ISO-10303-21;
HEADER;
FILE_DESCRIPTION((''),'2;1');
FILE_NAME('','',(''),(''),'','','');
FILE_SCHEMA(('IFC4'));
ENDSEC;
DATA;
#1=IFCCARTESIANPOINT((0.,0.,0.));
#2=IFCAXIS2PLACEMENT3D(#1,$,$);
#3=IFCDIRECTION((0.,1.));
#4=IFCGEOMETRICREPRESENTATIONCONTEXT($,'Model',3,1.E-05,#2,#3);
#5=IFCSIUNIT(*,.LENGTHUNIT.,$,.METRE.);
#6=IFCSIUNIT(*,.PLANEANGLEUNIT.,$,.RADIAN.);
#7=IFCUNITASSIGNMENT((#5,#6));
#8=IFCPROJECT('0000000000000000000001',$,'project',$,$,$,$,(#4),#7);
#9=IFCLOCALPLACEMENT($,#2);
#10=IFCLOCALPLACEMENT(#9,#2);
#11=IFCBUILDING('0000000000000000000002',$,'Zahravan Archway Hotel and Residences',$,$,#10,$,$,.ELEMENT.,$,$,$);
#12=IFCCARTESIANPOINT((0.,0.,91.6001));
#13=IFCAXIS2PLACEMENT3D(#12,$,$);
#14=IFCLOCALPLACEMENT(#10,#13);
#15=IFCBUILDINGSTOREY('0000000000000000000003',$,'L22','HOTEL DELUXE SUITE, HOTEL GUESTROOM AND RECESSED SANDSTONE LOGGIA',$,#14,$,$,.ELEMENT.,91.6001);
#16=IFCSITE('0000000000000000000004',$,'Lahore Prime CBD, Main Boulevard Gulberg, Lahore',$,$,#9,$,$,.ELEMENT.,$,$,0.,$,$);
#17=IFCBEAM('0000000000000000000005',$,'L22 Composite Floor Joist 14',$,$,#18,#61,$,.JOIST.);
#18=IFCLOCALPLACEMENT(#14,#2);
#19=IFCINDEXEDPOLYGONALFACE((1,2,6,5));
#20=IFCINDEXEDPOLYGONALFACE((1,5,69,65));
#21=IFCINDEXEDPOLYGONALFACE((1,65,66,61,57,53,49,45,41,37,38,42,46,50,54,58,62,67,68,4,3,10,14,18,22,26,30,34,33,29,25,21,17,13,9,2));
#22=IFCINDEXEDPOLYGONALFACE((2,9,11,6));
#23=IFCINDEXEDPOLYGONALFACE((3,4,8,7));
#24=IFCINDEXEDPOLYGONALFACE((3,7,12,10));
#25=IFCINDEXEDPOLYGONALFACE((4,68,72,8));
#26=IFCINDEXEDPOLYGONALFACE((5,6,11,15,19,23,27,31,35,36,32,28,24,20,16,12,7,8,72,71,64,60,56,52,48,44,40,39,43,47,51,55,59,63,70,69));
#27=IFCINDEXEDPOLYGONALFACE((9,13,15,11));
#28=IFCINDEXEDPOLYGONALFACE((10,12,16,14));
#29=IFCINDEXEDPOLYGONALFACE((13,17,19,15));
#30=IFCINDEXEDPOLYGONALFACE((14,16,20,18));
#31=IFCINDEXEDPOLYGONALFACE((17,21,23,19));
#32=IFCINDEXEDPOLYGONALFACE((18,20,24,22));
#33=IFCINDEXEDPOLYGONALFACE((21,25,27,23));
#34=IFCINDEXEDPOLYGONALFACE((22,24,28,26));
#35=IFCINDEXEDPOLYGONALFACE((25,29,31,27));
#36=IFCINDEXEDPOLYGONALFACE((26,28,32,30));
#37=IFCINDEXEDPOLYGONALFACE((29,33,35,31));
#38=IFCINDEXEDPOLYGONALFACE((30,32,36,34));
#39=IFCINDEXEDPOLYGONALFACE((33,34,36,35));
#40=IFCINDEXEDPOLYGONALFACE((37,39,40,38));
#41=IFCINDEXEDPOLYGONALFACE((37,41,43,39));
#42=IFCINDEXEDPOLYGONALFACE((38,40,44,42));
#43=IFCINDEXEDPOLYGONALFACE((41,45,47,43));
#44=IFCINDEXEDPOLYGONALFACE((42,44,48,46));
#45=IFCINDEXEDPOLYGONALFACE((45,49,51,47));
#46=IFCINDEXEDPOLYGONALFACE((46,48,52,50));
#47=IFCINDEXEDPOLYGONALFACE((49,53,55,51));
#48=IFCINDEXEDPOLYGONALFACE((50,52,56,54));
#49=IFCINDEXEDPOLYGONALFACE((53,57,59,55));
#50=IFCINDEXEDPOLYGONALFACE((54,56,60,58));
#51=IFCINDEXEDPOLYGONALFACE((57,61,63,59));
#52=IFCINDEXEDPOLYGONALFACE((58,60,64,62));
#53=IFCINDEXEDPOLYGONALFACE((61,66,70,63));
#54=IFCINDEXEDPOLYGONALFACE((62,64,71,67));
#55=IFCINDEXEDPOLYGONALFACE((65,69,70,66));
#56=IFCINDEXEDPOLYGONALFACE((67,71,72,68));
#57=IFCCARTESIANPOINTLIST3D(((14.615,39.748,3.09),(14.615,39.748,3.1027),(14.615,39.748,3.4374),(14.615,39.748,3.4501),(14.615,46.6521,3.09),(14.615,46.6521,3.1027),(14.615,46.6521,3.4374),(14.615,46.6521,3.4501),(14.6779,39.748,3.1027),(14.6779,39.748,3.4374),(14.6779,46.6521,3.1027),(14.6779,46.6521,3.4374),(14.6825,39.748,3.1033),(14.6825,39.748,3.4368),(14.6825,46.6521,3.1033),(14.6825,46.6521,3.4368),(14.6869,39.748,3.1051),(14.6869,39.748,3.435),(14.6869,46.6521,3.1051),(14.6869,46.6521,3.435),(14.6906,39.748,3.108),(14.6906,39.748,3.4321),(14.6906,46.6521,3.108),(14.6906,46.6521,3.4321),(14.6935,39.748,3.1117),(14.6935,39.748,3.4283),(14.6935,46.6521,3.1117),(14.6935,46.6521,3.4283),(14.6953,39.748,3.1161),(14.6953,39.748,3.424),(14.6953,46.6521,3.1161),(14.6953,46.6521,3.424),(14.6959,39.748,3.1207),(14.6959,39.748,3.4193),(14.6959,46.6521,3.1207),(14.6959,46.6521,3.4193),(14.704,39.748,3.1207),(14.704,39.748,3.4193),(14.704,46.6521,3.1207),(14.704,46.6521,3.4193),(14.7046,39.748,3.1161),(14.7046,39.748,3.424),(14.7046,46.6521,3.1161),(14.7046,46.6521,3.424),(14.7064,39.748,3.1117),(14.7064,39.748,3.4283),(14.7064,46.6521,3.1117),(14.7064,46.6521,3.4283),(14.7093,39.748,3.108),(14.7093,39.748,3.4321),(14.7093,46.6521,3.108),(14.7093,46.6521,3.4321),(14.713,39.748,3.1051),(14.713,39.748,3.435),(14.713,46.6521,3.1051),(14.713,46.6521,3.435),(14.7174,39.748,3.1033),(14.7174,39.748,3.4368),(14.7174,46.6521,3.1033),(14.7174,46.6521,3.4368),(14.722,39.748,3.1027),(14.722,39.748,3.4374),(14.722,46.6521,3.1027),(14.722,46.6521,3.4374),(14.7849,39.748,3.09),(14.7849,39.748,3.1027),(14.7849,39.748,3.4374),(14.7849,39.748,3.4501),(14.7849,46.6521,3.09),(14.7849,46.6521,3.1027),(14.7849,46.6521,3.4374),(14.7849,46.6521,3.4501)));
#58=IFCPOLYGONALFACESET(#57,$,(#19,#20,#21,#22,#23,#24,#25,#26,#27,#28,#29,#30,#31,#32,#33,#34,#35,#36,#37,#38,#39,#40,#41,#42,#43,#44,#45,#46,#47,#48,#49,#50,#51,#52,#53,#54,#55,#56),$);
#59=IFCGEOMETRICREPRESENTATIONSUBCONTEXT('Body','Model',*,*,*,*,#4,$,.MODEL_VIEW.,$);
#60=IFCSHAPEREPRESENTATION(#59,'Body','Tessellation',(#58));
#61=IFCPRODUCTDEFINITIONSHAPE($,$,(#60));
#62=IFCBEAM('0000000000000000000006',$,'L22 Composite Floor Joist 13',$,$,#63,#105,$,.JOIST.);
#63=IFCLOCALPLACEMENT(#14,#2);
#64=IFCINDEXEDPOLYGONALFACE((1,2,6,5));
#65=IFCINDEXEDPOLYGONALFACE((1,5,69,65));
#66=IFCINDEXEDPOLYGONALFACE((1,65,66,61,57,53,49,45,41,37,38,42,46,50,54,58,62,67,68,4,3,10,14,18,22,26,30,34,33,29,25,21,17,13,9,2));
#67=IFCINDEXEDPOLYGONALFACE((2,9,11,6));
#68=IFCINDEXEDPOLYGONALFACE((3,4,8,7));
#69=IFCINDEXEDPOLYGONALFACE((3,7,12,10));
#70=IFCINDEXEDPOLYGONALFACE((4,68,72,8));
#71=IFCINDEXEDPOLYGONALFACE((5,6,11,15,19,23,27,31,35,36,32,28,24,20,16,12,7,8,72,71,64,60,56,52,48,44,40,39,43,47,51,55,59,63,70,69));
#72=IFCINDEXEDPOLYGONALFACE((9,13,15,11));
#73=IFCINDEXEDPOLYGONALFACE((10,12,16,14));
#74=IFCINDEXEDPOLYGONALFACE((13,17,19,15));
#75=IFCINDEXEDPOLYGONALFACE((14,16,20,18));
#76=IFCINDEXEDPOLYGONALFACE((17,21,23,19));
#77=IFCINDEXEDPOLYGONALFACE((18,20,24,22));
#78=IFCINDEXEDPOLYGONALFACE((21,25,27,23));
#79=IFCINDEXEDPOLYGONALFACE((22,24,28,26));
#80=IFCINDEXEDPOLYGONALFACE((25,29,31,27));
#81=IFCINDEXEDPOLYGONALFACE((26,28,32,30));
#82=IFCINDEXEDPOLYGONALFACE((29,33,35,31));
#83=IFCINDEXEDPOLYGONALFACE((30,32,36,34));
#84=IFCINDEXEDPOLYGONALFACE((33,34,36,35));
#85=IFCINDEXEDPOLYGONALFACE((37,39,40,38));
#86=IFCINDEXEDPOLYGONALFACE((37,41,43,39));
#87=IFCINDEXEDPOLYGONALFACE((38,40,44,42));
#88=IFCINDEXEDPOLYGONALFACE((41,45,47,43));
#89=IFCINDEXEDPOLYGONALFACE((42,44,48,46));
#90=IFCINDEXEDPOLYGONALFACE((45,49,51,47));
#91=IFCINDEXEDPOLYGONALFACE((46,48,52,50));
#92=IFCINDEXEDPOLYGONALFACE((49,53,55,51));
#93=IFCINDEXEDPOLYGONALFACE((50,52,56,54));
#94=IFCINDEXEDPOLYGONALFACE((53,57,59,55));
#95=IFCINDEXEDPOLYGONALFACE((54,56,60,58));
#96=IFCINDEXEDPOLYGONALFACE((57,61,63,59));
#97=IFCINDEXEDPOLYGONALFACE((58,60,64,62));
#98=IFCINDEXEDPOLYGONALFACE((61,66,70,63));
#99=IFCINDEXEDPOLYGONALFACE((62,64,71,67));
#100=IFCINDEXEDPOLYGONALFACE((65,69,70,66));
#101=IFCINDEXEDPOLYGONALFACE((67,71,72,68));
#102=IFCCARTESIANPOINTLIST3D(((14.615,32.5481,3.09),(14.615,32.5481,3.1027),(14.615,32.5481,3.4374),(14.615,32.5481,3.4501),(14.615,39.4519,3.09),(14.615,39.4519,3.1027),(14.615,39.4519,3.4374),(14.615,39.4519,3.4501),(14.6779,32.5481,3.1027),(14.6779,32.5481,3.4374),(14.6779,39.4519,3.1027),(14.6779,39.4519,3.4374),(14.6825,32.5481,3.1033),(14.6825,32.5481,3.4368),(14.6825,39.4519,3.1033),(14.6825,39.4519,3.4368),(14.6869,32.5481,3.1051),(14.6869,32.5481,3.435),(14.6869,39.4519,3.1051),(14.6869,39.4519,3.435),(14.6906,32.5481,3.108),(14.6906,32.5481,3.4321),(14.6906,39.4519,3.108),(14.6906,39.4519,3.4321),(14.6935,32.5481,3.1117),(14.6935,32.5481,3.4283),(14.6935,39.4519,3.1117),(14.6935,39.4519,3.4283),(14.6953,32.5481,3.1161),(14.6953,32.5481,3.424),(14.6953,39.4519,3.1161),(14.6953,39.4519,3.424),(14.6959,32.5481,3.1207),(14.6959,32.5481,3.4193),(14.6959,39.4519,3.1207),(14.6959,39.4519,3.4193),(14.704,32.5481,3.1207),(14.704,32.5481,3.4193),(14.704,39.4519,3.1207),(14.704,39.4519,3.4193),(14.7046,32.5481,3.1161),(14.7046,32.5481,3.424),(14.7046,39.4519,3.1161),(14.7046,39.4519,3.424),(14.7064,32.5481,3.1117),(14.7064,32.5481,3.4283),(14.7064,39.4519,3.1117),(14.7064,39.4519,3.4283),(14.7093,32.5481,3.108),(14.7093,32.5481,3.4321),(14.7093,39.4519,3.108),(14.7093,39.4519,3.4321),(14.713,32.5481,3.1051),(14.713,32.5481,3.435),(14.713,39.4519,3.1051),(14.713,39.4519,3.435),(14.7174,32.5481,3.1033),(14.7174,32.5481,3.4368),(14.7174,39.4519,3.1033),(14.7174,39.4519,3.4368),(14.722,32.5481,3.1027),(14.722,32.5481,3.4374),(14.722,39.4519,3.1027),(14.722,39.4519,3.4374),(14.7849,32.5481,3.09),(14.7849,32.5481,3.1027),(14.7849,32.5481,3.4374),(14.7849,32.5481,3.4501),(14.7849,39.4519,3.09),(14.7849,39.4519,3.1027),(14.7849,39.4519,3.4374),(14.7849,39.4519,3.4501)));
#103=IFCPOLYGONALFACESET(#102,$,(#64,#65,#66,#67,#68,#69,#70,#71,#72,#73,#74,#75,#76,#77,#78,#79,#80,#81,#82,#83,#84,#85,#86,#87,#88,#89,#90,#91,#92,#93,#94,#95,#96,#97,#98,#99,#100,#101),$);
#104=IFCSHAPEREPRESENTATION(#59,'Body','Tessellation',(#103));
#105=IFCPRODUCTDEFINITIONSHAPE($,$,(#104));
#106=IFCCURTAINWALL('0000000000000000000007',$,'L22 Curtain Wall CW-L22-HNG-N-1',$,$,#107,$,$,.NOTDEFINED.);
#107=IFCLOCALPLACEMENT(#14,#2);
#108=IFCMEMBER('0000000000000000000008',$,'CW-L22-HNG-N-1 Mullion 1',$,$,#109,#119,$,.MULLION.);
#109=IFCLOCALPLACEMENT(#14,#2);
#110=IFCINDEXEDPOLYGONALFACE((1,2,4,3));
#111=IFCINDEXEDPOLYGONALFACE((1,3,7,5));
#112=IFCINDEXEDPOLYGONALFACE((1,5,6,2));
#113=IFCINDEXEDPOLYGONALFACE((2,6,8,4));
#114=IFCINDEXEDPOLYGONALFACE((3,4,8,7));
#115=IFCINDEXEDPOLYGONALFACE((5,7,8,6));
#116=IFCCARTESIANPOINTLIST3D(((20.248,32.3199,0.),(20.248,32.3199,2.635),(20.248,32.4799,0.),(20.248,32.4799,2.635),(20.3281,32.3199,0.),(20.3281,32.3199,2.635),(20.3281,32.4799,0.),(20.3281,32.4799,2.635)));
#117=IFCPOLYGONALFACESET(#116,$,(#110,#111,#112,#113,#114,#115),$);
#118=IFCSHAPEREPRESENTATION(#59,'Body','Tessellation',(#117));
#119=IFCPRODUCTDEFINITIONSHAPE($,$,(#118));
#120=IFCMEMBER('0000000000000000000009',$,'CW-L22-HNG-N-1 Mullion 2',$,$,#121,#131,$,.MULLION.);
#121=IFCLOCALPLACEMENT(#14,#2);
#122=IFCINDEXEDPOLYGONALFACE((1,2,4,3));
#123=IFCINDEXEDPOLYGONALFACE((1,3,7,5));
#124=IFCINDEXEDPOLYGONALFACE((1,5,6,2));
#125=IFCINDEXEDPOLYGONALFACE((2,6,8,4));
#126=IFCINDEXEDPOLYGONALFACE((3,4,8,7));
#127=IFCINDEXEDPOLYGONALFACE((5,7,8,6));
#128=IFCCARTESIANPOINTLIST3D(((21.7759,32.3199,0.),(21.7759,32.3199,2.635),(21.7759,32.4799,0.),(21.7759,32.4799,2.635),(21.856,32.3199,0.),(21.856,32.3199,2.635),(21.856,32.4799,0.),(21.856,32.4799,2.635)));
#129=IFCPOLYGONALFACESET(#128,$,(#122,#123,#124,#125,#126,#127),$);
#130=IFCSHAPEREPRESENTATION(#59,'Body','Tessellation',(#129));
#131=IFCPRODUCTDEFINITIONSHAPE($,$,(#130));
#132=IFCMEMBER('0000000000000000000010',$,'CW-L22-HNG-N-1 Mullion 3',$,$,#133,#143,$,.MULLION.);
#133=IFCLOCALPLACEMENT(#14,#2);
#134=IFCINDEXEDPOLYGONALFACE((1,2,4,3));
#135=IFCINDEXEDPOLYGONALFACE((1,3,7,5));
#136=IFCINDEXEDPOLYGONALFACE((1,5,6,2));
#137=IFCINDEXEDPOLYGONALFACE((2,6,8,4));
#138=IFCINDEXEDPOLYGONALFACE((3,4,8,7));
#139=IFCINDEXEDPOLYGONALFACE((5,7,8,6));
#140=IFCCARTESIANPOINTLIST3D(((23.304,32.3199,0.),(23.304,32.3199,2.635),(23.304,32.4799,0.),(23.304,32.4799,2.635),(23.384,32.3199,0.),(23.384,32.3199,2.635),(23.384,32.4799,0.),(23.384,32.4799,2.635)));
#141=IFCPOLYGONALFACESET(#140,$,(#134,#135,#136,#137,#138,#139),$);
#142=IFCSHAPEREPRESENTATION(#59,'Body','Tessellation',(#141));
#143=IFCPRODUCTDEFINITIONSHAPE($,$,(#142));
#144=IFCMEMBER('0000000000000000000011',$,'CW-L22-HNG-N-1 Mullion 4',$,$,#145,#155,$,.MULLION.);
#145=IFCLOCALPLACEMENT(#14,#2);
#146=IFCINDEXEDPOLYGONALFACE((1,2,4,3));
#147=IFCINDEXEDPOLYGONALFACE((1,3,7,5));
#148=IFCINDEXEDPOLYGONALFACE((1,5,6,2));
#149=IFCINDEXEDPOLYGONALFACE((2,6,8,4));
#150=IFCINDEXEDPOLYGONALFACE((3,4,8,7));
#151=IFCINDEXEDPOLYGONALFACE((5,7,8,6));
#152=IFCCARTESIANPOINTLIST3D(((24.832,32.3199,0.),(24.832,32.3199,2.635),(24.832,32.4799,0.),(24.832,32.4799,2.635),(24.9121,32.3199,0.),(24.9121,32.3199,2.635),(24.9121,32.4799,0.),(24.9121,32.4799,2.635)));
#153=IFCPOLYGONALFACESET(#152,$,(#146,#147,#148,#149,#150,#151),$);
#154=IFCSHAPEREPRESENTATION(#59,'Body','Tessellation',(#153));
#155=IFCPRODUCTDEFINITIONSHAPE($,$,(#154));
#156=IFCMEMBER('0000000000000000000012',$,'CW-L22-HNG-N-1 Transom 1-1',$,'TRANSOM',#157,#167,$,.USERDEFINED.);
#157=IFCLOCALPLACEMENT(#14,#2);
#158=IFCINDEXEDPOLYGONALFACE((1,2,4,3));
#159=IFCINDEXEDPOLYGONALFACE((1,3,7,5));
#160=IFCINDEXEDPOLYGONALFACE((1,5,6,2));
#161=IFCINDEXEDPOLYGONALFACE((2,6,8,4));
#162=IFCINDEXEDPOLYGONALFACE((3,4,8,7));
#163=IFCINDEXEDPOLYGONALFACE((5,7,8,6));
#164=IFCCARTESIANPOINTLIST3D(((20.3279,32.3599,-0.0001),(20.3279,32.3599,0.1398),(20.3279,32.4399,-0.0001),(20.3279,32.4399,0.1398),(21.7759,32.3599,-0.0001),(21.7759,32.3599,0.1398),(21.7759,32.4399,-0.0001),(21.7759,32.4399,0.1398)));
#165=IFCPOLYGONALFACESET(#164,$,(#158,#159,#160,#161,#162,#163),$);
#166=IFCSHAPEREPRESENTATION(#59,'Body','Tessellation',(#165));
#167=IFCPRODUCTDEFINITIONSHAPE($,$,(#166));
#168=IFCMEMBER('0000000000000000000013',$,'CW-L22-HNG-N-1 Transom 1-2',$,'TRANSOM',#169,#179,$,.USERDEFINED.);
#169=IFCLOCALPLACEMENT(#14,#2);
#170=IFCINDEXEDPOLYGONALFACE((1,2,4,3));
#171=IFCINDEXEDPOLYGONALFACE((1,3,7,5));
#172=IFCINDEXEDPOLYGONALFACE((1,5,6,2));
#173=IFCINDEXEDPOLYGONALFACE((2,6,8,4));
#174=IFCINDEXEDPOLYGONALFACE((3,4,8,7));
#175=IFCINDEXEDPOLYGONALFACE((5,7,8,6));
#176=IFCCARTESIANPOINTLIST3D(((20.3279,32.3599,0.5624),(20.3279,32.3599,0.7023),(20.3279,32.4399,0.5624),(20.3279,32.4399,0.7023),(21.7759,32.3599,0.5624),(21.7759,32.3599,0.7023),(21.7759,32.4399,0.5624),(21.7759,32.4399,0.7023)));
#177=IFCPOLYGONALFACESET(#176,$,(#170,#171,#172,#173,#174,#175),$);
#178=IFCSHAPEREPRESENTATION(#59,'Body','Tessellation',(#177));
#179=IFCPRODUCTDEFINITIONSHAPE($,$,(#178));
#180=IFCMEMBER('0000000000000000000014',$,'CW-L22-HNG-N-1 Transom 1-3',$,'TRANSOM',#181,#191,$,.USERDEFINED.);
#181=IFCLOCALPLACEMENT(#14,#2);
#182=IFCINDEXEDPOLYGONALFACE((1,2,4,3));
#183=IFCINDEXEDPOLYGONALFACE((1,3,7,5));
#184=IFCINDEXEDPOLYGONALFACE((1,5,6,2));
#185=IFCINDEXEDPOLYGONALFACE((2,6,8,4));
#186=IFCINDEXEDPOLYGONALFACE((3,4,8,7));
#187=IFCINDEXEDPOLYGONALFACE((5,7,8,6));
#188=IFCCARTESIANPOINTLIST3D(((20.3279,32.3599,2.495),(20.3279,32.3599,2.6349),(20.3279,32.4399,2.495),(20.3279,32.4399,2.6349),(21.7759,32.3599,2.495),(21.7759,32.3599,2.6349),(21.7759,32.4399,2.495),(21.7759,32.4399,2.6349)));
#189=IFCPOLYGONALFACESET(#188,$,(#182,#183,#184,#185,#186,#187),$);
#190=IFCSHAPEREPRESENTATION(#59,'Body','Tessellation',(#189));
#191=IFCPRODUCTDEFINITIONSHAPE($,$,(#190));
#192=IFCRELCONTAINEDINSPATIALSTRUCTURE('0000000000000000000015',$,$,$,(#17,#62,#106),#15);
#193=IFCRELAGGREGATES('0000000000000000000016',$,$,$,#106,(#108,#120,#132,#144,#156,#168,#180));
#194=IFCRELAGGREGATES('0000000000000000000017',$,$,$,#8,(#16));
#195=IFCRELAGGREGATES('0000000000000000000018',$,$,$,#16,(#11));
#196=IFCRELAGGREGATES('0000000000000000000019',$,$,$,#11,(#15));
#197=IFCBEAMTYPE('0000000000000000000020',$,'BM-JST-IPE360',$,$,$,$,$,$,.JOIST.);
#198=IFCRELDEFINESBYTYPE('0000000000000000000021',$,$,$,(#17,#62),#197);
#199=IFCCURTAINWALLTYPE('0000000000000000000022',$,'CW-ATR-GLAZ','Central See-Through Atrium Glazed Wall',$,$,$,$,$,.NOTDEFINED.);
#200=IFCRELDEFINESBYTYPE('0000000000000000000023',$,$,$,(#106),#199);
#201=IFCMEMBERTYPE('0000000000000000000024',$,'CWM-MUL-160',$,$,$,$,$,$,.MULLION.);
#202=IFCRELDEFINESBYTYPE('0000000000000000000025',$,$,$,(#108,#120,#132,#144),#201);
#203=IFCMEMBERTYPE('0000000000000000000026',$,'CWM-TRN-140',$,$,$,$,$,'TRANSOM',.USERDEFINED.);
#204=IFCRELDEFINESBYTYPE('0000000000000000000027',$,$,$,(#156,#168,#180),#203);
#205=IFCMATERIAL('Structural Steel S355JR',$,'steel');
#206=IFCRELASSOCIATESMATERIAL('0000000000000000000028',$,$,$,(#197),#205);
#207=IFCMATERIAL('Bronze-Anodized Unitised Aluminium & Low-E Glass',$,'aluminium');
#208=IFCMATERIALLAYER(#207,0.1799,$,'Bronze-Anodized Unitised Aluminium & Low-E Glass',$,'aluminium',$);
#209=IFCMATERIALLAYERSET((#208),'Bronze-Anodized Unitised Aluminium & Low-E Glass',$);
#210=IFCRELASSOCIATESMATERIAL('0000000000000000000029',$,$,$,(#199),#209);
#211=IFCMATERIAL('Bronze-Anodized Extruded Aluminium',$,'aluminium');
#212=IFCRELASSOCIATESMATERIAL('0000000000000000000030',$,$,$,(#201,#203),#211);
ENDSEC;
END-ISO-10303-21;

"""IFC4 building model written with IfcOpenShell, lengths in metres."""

from ifc_helpers import new_model, si_unit, direction, frame, origin, origin_2d, place, context, subcontext, project, spatial, rectangle, i_section, extrude, source, transform, mapped, material, layer, layer_set, material_profile, profile_set, type_object, type_shapes, element, aggregate, save


model = new_model("IFC4")

# Units and contexts
model_context = context("Model", 3, precision=1e-05, world=origin(), true_north=direction((0.0, 1.0)))
body_context = subcontext(model_context, "Body", "Model", "MODEL_VIEW")
ifc_project = project(units=[si_unit("LENGTHUNIT", "METRE"), si_unit("PLANEANGLEUNIT", "RADIAN")], contexts=[model_context])

# Site, building, storey
site_placement = place(None, origin())
site = spatial("IfcSite", under=ifc_project, at=site_placement, Name="Lahore Prime CBD, Main Boulevard Gulberg, Lahore", CompositionType="ELEMENT", RefElevation=0.0)
building_placement = place(site_placement, origin())
building = spatial("IfcBuilding", under=site, at=building_placement, Name="Zahravan Archway Hotel and Residences", CompositionType="ELEMENT")
storey_placement = place(building_placement, frame((0.0, 0.0, 91.6001)))
storey = spatial("IfcBuildingStorey", under=building, at=storey_placement, Name="L22", Description="HOTEL DELUXE SUITE, HOTEL GUESTROOM AND RECESSED SANDSTONE LOGGIA", CompositionType="ELEMENT", Elevation=91.6001)

# Beams
ifc_material_1 = material(Name="Structural Steel S355JR", Category="steel")
ifc_material_profile_1 = material_profile(ifc_material_1, i_section(OverallWidth=0.1699, OverallDepth=0.3601, WebThickness=0.0081, FlangeThickness=0.0127, FilletRadius=0.0181, at=origin_2d()), Name="IPE 360", Category="steel")
ifc_profile_set_1 = profile_set([ifc_material_profile_1], Name="Structural Steel S355JR")
beam_type_1 = type_object("IfcBeamType", Name="BM-JST-IPE360", PredefinedType="JOIST", material=ifc_profile_set_1)
shared_shape_1 = source(origin(), body_context, "Body", "SweptSolid", [
    extrude(i_section(OverallWidth=0.1699, OverallDepth=0.3601, WebThickness=0.0081, FlangeThickness=0.0127, FilletRadius=0.0181, at=origin_2d()), origin(), (0.0, 0.0, 1.0), 6.9041),
])
type_shapes(beam_type_1, [shared_shape_1])
beam_1_placement = place(storey_placement, frame((14.7, 39.748, 3.27), z_axis=(0.0, 1.0, 0.0), x_axis=(-1.0, 0.0, 0.0)))
element("IfcBeam", 1, at=beam_1_placement, inside=storey, type_object=beam_type_1, Name="L22 Composite Floor Joist 14", PredefinedType="JOIST", context=body_context, shape_type="MappedRepresentation", body=[
    mapped(shared_shape_1, transform((0.0, 0.0, 0.0), scale=1.0)),
])
shared_shape_2 = source(origin(), body_context, "Body", "SweptSolid", [
    extrude(i_section(OverallWidth=0.1699, OverallDepth=0.3601, WebThickness=0.0081, FlangeThickness=0.0127, FilletRadius=0.0181, at=origin_2d()), origin(), (0.0, 0.0, 1.0), 6.9038),
])
beam_2_placement = place(storey_placement, frame((14.7, 32.5481, 3.27), z_axis=(0.0, 1.0, 0.0), x_axis=(-1.0, 0.0, 0.0)))
element("IfcBeam", 2, at=beam_2_placement, inside=storey, type_object=beam_type_1, Name="L22 Composite Floor Joist 13", PredefinedType="JOIST", context=body_context, shape_type="MappedRepresentation", body=[
    mapped(shared_shape_2, transform((0.0, 0.0, 0.0), scale=1.0)),
])

# Curtain wall, members
ifc_material_2 = material(Name="Bronze-Anodized Unitised Aluminium & Low-E Glass", Category="aluminium")
ifc_layer_1 = layer(ifc_material_2, 0.1799, Name="Bronze-Anodized Unitised Aluminium & Low-E Glass", Category="aluminium")
ifc_layer_set_1 = layer_set([ifc_layer_1], Name="Bronze-Anodized Unitised Aluminium & Low-E Glass")
curtain_wall_type = type_object("IfcCurtainWallType", Name="CW-ATR-GLAZ", Description="Central See-Through Atrium Glazed Wall", PredefinedType="NOTDEFINED", material=ifc_layer_set_1)
curtain_wall_placement = place(storey_placement, origin())
curtain_wall = element("IfcCurtainWall", 3, at=curtain_wall_placement, inside=storey, type_object=curtain_wall_type, Name="L22 Curtain Wall CW-L22-HNG-N-1", PredefinedType="NOTDEFINED")
ifc_material_3 = material(Name="Bronze-Anodized Extruded Aluminium", Category="aluminium")
ifc_material_profile_2 = material_profile(ifc_material_3, rectangle(XDim=0.0801, YDim=0.1599, at=origin_2d()), Name="MUL 80x160", Category="aluminium")
ifc_profile_set_2 = profile_set([ifc_material_profile_2], Name="Bronze-Anodized Extruded Aluminium")
member_type_1 = type_object("IfcMemberType", Name="CWM-MUL-160", PredefinedType="MULLION", material=ifc_profile_set_2)
shared_shape_3 = source(origin(), body_context, "Body", "SweptSolid", [
    extrude(rectangle(XDim=0.0801, YDim=0.1599, at=origin_2d()), origin(), (0.0, 0.0, 1.0), 2.635),
])
member_1_placement = place(storey_placement, frame((20.2881, 32.3999, 0.0), z_axis=(0.0, 0.0, 1.0), x_axis=(1.0, 0.0, 0.0)))
member_1 = element("IfcMember", 4, at=member_1_placement, type_object=member_type_1, Name="CW-L22-HNG-N-1 Mullion 1", PredefinedType="MULLION", context=body_context, shape_type="MappedRepresentation", body=[
    mapped(shared_shape_3, transform((0.0, 0.0, 0.0), scale=1.0)),
])
member_2_placement = place(storey_placement, frame((21.8159, 32.3999, 0.0), z_axis=(0.0, 0.0, 1.0), x_axis=(1.0, 0.0, 0.0)))
member_2 = element("IfcMember", 5, at=member_2_placement, type_object=member_type_1, Name="CW-L22-HNG-N-1 Mullion 2", PredefinedType="MULLION", context=body_context, shape_type="MappedRepresentation", body=[
    mapped(shared_shape_3, transform((0.0, 0.0, 0.0), scale=1.0)),
])
member_3_placement = place(storey_placement, frame((23.344, 32.3999, 0.0), z_axis=(0.0, 0.0, 1.0), x_axis=(1.0, 0.0, 0.0)))
member_3 = element("IfcMember", 6, at=member_3_placement, type_object=member_type_1, Name="CW-L22-HNG-N-1 Mullion 3", PredefinedType="MULLION", context=body_context, shape_type="MappedRepresentation", body=[
    mapped(shared_shape_3, transform((0.0, 0.0, 0.0), scale=1.0)),
])
member_4_placement = place(storey_placement, frame((24.8721, 32.3999, 0.0), z_axis=(0.0, 0.0, 1.0), x_axis=(1.0, 0.0, 0.0)))
member_4 = element("IfcMember", 7, at=member_4_placement, type_object=member_type_1, Name="CW-L22-HNG-N-1 Mullion 4", PredefinedType="MULLION", context=body_context, shape_type="MappedRepresentation", body=[
    mapped(shared_shape_3, transform((0.0, 0.0, 0.0), scale=1.0)),
])
ifc_material_profile_3 = material_profile(ifc_material_3, rectangle(XDim=0.0801, YDim=0.1399, at=origin_2d()), Name="TRN 80x140", Category="aluminium")
ifc_profile_set_3 = profile_set([ifc_material_profile_3], Name="Bronze-Anodized Extruded Aluminium")
member_type_2 = type_object("IfcMemberType", Name="CWM-TRN-140", ElementType="TRANSOM", PredefinedType="USERDEFINED", material=ifc_profile_set_3)
shared_shape_4 = source(origin(), body_context, "Body", "SweptSolid", [
    extrude(rectangle(XDim=0.0801, YDim=0.1399, at=origin_2d()), origin(), (0.0, 0.0, 1.0), 1.448),
])
member_5_placement = place(storey_placement, frame((20.3279, 32.3999, 0.0698), z_axis=(1.0, 0.0, 0.0), x_axis=(0.0, 1.0, 0.0)))
member_5 = element("IfcMember", 8, at=member_5_placement, type_object=member_type_2, Name="CW-L22-HNG-N-1 Transom 1-1", ObjectType="TRANSOM", PredefinedType="USERDEFINED", context=body_context, shape_type="MappedRepresentation", body=[
    mapped(shared_shape_4, transform((0.0, 0.0, 0.0), scale=1.0)),
])
member_6_placement = place(storey_placement, frame((20.3279, 32.3999, 0.6323), z_axis=(1.0, 0.0, 0.0), x_axis=(0.0, 1.0, 0.0)))
member_6 = element("IfcMember", 9, at=member_6_placement, type_object=member_type_2, Name="CW-L22-HNG-N-1 Transom 1-2", ObjectType="TRANSOM", PredefinedType="USERDEFINED", context=body_context, shape_type="MappedRepresentation", body=[
    mapped(shared_shape_4, transform((0.0, 0.0, 0.0), scale=1.0)),
])
member_7_placement = place(storey_placement, frame((20.3279, 32.3999, 2.5649), z_axis=(1.0, 0.0, 0.0), x_axis=(0.0, 1.0, 0.0)))
member_7 = element("IfcMember", 10, at=member_7_placement, type_object=member_type_2, Name="CW-L22-HNG-N-1 Transom 1-3", ObjectType="TRANSOM", PredefinedType="USERDEFINED", context=body_context, shape_type="MappedRepresentation", body=[
    mapped(shared_shape_4, transform((0.0, 0.0, 0.0), scale=1.0)),
])
aggregate(curtain_wall, [member_1, member_2, member_3, member_4, member_5, member_6, member_7])

save(model, "model.ifc")
